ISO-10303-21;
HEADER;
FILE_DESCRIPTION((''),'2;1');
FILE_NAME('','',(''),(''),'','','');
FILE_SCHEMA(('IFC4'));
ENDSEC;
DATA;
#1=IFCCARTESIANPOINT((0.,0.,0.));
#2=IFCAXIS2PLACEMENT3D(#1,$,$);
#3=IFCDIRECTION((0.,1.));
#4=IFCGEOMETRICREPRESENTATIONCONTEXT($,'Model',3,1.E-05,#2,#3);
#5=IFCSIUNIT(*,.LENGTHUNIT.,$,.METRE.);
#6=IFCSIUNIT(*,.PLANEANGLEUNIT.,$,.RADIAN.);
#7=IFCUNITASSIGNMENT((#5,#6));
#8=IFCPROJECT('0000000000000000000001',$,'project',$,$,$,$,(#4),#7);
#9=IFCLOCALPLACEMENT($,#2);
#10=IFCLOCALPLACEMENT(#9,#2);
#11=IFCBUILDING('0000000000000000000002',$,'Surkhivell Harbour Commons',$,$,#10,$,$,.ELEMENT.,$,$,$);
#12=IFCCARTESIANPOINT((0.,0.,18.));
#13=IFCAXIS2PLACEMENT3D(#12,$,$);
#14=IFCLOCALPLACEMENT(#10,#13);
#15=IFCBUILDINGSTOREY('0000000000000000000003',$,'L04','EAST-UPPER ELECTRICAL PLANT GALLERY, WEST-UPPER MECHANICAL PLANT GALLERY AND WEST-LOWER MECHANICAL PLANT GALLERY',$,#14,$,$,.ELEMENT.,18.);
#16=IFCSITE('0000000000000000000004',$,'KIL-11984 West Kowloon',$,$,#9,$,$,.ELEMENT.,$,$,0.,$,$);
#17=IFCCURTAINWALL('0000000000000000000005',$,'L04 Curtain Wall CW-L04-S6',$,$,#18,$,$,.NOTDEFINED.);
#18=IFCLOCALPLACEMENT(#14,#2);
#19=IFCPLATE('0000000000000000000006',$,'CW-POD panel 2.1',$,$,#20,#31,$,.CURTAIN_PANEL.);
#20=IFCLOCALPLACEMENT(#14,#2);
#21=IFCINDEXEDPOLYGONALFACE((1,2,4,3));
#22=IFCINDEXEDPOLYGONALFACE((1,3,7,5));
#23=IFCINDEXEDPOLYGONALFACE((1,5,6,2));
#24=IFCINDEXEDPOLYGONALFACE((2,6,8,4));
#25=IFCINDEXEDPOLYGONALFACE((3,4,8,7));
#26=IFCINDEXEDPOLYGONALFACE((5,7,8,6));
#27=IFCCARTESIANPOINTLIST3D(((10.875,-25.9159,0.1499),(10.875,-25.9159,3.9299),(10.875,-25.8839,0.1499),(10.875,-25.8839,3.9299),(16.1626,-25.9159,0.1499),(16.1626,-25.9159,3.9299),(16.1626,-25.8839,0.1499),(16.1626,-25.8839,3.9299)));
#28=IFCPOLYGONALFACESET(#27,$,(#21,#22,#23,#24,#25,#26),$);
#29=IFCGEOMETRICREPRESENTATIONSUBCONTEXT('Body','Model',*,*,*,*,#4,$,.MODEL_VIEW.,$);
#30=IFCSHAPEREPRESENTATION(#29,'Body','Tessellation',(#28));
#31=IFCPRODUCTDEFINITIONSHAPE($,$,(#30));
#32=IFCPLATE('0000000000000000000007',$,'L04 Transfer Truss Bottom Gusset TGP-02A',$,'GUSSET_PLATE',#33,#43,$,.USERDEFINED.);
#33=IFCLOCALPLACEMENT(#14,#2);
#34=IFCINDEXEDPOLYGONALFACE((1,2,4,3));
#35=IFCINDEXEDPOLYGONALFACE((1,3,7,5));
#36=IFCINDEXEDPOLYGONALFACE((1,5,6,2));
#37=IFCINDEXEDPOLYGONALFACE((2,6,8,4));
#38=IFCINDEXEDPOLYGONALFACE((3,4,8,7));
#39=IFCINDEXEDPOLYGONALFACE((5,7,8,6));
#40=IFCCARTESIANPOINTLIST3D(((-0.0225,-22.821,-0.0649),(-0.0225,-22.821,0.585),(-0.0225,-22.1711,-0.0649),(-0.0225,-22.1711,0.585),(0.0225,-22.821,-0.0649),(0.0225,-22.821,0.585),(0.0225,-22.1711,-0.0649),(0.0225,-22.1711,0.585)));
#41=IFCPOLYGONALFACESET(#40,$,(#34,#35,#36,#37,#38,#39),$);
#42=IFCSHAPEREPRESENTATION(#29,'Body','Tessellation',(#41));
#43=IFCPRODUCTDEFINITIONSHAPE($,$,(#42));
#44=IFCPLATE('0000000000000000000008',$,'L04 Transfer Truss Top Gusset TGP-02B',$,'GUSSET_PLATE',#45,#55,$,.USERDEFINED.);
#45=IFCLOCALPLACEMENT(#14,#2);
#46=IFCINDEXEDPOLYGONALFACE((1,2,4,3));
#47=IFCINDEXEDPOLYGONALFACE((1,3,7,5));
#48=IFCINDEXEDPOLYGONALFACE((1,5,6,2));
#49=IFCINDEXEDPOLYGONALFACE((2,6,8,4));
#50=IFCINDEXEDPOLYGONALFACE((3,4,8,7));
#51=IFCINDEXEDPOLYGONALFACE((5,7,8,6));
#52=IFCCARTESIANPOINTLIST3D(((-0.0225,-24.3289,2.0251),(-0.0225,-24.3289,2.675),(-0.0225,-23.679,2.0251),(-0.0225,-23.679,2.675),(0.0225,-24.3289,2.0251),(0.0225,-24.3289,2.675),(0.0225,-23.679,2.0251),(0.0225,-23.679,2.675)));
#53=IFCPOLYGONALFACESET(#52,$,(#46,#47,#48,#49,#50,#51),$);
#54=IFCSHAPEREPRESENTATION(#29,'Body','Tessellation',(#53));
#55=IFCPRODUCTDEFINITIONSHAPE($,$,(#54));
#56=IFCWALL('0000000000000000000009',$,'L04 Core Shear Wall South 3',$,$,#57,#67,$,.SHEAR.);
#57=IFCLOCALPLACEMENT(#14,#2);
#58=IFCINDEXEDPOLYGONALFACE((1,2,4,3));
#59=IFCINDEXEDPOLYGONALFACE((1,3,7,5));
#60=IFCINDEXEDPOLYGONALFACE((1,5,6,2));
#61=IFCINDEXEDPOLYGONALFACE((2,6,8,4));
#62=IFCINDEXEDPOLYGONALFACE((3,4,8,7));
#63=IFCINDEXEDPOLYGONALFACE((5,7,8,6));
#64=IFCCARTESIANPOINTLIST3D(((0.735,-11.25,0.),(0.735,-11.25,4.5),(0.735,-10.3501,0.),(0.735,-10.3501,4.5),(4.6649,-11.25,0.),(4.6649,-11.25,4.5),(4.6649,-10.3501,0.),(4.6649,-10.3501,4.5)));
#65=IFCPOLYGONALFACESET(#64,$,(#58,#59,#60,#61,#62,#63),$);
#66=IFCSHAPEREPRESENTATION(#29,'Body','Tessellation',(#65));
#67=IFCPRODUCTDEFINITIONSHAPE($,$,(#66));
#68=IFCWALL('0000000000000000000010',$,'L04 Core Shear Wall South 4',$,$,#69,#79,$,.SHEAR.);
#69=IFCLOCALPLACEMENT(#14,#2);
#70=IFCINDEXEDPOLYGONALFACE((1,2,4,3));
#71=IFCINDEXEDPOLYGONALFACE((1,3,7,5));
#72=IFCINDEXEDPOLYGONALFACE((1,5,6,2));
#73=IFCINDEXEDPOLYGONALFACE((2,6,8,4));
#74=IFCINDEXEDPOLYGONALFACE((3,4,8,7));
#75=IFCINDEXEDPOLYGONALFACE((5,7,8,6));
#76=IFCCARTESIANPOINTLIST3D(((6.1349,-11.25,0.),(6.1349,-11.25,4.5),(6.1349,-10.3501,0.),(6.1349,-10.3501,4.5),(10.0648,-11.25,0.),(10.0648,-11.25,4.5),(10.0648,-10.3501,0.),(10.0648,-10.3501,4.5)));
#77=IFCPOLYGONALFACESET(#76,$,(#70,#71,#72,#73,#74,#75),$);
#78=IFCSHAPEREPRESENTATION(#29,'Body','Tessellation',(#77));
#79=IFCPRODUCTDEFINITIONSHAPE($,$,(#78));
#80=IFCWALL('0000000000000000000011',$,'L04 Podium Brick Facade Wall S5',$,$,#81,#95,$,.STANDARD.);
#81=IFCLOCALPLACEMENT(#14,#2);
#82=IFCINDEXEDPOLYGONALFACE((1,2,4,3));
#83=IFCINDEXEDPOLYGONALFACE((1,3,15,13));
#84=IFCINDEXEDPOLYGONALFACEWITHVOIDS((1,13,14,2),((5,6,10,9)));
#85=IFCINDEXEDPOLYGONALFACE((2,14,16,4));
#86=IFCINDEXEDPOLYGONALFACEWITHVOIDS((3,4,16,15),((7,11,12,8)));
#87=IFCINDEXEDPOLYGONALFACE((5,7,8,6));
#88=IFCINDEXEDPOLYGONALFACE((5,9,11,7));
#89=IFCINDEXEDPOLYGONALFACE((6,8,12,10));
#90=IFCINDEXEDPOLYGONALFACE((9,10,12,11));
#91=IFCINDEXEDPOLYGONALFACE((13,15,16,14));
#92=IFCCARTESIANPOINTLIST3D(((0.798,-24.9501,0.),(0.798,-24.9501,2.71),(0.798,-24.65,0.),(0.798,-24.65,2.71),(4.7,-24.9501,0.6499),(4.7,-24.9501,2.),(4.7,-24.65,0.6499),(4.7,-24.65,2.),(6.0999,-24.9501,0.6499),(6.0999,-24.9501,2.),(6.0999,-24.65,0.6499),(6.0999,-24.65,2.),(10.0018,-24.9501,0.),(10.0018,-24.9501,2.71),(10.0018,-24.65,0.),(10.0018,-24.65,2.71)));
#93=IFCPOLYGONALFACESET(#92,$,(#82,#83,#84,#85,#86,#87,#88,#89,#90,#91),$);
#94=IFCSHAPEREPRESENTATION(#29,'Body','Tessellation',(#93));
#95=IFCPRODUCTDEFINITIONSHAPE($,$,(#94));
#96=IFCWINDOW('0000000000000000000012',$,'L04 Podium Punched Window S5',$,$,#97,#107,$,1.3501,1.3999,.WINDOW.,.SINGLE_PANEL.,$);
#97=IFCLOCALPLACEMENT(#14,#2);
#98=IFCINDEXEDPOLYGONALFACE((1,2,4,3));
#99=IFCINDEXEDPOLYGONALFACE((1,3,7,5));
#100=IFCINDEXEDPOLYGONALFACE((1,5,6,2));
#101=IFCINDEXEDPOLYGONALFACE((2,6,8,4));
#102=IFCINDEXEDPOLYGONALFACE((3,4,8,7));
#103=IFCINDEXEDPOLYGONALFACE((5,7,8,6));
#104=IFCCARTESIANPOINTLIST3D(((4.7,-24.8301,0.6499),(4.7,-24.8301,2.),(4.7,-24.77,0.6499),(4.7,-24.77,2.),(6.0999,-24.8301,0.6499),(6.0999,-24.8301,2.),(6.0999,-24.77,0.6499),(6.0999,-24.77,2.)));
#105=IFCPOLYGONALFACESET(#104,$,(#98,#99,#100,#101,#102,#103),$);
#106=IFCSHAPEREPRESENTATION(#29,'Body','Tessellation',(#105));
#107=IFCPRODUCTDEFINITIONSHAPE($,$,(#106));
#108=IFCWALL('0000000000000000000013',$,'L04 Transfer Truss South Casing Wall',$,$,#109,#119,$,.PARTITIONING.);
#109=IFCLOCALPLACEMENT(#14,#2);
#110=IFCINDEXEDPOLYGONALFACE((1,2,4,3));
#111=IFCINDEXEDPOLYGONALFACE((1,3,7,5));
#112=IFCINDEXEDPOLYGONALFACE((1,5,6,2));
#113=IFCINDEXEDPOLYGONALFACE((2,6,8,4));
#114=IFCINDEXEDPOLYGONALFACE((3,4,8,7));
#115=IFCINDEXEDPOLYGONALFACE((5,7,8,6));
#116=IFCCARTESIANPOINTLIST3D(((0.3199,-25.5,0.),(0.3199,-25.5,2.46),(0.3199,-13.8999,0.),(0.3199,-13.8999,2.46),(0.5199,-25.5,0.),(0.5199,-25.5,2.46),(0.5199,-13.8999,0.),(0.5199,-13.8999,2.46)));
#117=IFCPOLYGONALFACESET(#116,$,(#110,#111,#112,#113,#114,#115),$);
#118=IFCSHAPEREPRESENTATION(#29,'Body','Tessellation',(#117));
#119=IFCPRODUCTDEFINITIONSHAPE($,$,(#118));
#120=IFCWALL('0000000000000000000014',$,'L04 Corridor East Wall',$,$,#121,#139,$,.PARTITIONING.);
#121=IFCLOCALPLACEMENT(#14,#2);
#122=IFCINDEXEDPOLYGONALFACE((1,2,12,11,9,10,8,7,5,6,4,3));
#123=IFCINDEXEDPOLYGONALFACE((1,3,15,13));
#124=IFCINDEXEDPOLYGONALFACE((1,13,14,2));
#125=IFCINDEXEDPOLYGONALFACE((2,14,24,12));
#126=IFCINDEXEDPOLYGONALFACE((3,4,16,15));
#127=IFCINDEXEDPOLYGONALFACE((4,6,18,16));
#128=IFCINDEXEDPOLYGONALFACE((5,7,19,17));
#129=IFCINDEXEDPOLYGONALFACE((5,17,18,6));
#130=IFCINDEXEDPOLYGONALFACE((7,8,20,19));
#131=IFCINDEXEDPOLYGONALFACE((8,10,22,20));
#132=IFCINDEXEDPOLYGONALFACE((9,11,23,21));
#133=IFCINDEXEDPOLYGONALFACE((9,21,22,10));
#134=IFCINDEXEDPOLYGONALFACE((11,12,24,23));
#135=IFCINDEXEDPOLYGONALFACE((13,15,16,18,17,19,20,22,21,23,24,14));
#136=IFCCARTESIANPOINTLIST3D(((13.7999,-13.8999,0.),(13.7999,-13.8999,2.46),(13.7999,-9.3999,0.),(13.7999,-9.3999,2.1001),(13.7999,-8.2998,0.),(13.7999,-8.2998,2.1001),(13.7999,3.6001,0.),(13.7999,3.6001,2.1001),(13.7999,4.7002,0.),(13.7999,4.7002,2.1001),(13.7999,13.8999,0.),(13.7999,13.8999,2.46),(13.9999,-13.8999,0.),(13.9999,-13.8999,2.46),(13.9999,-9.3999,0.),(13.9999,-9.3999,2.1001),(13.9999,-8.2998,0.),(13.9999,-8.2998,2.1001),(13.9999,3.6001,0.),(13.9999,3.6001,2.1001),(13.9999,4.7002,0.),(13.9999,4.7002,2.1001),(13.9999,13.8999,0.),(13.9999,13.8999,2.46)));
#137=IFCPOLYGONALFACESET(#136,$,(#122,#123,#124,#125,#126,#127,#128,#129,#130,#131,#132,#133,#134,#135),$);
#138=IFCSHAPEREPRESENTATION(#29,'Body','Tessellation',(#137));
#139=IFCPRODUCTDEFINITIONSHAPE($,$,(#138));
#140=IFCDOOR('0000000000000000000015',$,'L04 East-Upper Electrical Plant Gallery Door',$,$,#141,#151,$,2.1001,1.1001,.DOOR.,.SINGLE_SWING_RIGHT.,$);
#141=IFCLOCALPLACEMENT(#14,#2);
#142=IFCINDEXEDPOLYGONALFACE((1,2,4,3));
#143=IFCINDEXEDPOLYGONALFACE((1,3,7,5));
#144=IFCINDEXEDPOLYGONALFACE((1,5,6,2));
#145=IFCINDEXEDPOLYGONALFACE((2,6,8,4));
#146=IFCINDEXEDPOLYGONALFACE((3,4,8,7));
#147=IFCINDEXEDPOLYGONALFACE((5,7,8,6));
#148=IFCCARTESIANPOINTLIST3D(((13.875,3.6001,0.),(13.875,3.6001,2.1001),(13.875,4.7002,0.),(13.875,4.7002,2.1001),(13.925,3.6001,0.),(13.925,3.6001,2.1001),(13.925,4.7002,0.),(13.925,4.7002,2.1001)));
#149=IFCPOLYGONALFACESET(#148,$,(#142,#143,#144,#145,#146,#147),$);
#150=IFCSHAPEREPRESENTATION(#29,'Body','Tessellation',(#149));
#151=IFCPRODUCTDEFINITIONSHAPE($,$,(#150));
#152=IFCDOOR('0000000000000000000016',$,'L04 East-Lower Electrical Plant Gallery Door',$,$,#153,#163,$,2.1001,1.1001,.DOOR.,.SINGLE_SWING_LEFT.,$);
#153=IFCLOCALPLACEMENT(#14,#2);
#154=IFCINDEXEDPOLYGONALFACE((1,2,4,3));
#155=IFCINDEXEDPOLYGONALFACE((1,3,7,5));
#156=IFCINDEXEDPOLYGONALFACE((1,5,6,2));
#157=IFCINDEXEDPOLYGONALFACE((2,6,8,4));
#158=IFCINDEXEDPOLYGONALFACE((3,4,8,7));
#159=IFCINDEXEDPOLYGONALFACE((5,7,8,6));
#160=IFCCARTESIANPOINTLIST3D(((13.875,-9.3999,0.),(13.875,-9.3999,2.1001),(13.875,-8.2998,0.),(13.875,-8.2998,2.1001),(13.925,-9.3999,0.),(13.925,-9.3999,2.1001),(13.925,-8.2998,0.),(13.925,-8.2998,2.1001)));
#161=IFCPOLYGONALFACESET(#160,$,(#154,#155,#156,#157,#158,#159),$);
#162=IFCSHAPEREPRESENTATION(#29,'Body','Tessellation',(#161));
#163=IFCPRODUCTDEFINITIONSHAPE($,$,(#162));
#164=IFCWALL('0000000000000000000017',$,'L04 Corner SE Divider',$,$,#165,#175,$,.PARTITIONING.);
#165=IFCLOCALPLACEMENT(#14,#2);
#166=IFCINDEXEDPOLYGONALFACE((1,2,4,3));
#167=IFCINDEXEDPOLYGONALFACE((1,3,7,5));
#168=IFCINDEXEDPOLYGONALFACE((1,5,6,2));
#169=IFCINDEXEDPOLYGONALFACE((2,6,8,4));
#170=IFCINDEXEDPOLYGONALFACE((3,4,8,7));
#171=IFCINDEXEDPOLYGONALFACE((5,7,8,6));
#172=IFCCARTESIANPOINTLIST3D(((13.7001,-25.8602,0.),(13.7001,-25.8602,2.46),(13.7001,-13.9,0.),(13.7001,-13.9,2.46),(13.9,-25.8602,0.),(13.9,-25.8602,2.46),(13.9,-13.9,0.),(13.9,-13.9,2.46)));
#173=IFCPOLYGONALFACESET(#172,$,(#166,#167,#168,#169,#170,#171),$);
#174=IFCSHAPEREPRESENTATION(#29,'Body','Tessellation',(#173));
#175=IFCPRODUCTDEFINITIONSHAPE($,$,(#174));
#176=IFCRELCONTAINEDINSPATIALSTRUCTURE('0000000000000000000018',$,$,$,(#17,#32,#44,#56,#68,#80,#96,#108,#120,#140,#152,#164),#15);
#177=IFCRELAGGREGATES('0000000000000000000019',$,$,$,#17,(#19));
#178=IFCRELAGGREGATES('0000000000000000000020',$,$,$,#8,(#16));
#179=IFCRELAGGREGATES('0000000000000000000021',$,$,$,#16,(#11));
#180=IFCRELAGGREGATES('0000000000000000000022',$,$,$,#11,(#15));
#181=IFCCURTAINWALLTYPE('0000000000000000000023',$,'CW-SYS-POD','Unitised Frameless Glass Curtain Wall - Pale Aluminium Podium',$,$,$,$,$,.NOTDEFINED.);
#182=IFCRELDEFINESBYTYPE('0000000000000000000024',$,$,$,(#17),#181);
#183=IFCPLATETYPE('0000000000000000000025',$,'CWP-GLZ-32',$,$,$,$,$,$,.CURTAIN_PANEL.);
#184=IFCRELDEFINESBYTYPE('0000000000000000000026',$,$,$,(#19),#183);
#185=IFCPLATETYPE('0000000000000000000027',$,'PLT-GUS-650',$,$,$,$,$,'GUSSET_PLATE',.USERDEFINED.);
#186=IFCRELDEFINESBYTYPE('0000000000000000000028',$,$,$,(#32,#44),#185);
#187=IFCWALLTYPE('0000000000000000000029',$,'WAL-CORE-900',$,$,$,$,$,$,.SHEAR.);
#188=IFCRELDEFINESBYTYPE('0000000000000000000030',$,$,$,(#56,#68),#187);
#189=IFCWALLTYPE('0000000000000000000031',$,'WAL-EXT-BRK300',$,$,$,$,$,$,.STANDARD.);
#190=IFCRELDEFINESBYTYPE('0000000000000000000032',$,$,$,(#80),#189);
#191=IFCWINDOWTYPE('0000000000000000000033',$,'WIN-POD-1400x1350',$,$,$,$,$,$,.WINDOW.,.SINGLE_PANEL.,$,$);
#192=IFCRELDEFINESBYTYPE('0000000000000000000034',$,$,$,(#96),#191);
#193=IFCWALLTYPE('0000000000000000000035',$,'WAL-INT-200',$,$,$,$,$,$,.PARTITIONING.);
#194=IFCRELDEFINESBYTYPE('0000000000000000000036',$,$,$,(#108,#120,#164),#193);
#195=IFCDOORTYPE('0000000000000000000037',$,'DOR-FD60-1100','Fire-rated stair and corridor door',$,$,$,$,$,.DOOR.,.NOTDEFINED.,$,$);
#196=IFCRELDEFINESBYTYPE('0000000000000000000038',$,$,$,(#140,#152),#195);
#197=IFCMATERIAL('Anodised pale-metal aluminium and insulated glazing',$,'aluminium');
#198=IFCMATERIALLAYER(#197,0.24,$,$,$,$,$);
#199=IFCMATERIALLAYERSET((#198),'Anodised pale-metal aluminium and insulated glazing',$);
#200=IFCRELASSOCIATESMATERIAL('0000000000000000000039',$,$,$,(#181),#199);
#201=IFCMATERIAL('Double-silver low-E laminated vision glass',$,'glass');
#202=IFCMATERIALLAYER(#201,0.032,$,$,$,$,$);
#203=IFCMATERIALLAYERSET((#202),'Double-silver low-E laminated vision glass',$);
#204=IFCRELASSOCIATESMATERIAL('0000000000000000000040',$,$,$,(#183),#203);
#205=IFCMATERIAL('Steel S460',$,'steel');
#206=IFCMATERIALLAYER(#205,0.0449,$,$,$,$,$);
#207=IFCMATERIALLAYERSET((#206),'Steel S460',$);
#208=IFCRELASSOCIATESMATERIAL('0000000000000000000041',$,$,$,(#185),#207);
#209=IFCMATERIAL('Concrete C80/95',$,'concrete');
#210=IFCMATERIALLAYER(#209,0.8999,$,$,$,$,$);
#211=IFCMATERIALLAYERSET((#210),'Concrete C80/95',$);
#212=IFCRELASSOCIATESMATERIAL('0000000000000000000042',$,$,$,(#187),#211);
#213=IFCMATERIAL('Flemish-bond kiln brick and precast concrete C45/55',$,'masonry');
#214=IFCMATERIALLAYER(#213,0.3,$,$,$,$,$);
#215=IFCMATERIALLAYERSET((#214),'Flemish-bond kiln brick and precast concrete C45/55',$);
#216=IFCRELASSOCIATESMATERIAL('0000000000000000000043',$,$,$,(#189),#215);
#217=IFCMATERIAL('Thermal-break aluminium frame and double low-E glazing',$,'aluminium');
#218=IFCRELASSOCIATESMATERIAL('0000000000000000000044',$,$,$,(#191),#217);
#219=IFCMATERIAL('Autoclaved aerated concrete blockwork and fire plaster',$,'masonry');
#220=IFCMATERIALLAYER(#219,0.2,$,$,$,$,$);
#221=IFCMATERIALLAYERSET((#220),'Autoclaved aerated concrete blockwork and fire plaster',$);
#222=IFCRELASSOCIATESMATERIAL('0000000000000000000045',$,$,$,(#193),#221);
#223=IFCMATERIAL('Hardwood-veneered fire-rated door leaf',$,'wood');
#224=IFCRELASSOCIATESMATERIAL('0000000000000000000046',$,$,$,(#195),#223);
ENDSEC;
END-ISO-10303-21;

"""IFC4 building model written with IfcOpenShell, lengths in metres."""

from ifc_helpers import new_model, si_unit, direction, frame, frame_2d, origin, origin_2d, place, context, subcontext, project, spatial, rectangle, extrude, material, layer, layer_set, type_object, element, fill, aggregate, save


model = new_model("IFC4")

# Units and contexts
model_context = context("Model", 3, precision=1e-05, world=origin(), true_north=direction((0.0, 1.0)))
body_context = subcontext(model_context, "Body", "Model", "MODEL_VIEW")
ifc_project = project(units=[si_unit("LENGTHUNIT", "METRE"), si_unit("PLANEANGLEUNIT", "RADIAN")], contexts=[model_context])

# Site, building, storey
site_placement = place(None, origin())
site = spatial("IfcSite", under=ifc_project, at=site_placement, Name="KIL-11984 West Kowloon", CompositionType="ELEMENT", RefElevation=0.0)
building_placement = place(site_placement, origin())
building = spatial("IfcBuilding", under=site, at=building_placement, Name="Surkhivell Harbour Commons", CompositionType="ELEMENT")
storey_placement = place(building_placement, frame((0.0, 0.0, 18.0)))
storey = spatial("IfcBuildingStorey", under=building, at=storey_placement, Name="L04", Description="EAST-UPPER ELECTRICAL PLANT GALLERY, WEST-UPPER MECHANICAL PLANT GALLERY AND WEST-LOWER MECHANICAL PLANT GALLERY", CompositionType="ELEMENT", Elevation=18.0)

# Shared definitions
ifc_material_1 = material(Name="Concrete C80/95", Category="concrete")

# Shared definitions
ifc_material_2 = material(Name="Steel S460", Category="steel")

# Curtain wall
ifc_material_3 = material(Name="Anodised pale-metal aluminium and insulated glazing", Category="aluminium")
ifc_layer_1 = layer(ifc_material_3, 0.24)
ifc_layer_set_1 = layer_set([ifc_layer_1], Name="Anodised pale-metal aluminium and insulated glazing")
curtain_wall_type = type_object("IfcCurtainWallType", Name="CW-SYS-POD", Description="Unitised Frameless Glass Curtain Wall - Pale Aluminium Podium", PredefinedType="NOTDEFINED", material=ifc_layer_set_1)
curtain_wall_placement = place(storey_placement, origin())
curtain_wall = element("IfcCurtainWall", 1, at=curtain_wall_placement, inside=storey, type_object=curtain_wall_type, Name="L04 Curtain Wall CW-L04-S6", PredefinedType="NOTDEFINED")

# Plate
ifc_material_4 = material(Name="Double-silver low-E laminated vision glass", Category="glass")
ifc_layer_2 = layer(ifc_material_4, 0.032)
ifc_layer_set_2 = layer_set([ifc_layer_2], Name="Double-silver low-E laminated vision glass")
plate_type_1 = type_object("IfcPlateType", Name="CWP-GLZ-32", PredefinedType="CURTAIN_PANEL", material=ifc_layer_set_2)
plate_placement = place(storey_placement, frame((16.1626, -25.8999, 0.1499), z_axis=(0.0, 0.0, 1.0), x_axis=(-1.0, 0.0, 0.0)))
plate = element("IfcPlate", 2, at=plate_placement, type_object=plate_type_1, Name="CW-POD panel 2.1", PredefinedType="CURTAIN_PANEL", context=body_context, shape_type="SweptSolid", body=[
    extrude(rectangle(XDim=5.2876, YDim=0.032, at=frame_2d((2.6438, 0.0))), origin(), (0.0, 0.0, 1.0), 3.78),
])
aggregate(curtain_wall, [plate])

# Plates
ifc_layer_3 = layer(ifc_material_2, 0.0449)
ifc_layer_set_3 = layer_set([ifc_layer_3], Name="Steel S460")
plate_type_2 = type_object("IfcPlateType", Name="PLT-GUS-650", ElementType="GUSSET_PLATE", PredefinedType="USERDEFINED", material=ifc_layer_set_3)
for number, where, z_axis, x_axis, name in (
    (3, (0.0, -22.4961, -0.0649), (0.0, 0.0, 1.0), (0.0, 1.0, 0.0), "L04 Transfer Truss Bottom Gusset TGP-02A"),
    (4, (0.0, -24.0039, 2.0251), (0.0, 0.0, 1.0), (0.0, 1.0, 0.0), "L04 Transfer Truss Top Gusset TGP-02B"),
):
    element("IfcPlate", number, at=place(storey_placement, frame(where, z_axis=z_axis, x_axis=x_axis)), inside=storey, type_object=plate_type_2, Name=name, ObjectType="GUSSET_PLATE", PredefinedType="USERDEFINED", context=body_context, shape_type="SweptSolid", body=[
        extrude(rectangle(XDim=0.6499, YDim=0.0449, at=origin_2d()), origin(), (0.0, 0.0, 1.0), 0.6499),
    ])

# Walls
ifc_layer_4 = layer(ifc_material_1, 0.8999)
ifc_layer_set_4 = layer_set([ifc_layer_4], Name="Concrete C80/95")
wall_type_1 = type_object("IfcWallType", Name="WAL-CORE-900", PredefinedType="SHEAR", material=ifc_layer_set_4)
for number, where, z_axis, x_axis, name in (
    (5, (0.7351, -10.8, 0.0), (0.0, 0.0, 1.0), (1.0, 0.0, 0.0), "L04 Core Shear Wall South 3"),
    (6, (6.135, -10.8, 0.0), (0.0, 0.0, 1.0), (1.0, 0.0, 0.0), "L04 Core Shear Wall South 4"),
):
    element("IfcWall", number, at=place(storey_placement, frame(where, z_axis=z_axis, x_axis=x_axis)), inside=storey, type_object=wall_type_1, Name=name, PredefinedType="SHEAR", context=body_context, shape_type="SweptSolid", body=[
        extrude(rectangle(XDim=3.9299, YDim=0.8999, at=frame_2d((1.9648, 0.0))), origin(), (0.0, 0.0, 1.0), 4.5),
    ])

# Wall, opening, window
ifc_material_5 = material(Name="Flemish-bond kiln brick and precast concrete C45/55", Category="masonry")
ifc_layer_5 = layer(ifc_material_5, 0.3)
ifc_layer_set_5 = layer_set([ifc_layer_5], Name="Flemish-bond kiln brick and precast concrete C45/55")
wall_type_2 = type_object("IfcWallType", Name="WAL-EXT-BRK300", PredefinedType="STANDARD", material=ifc_layer_set_5)
wall_1_placement = place(storey_placement, frame((10.002, -24.8, 0.0), z_axis=(0.0, 0.0, 1.0), x_axis=(-1.0, 0.0, 0.0)))
wall_1 = element("IfcWall", 7, at=wall_1_placement, inside=storey, type_object=wall_type_2, Name="L04 Podium Brick Facade Wall S5", PredefinedType="STANDARD", context=body_context, shape_type="SweptSolid", body=[
    extrude(rectangle(XDim=9.2039, YDim=0.3, at=frame_2d((4.6021, 0.0))), origin(), (0.0, 0.0, 1.0), 2.71),
])
opening_1_placement = place(wall_1_placement, frame((3.9021, 0.0, 0.6499)))
opening_1 = element("IfcOpeningElement", 8, at=opening_1_placement, cuts=wall_1, PredefinedType="OPENING", context=body_context, shape_type="SweptSolid", body=[
    extrude(rectangle(XDim=1.3999, YDim=1.3501, at=frame_2d((0.7, 0.675))), frame((0.0, 0.1599, 0.0), z_axis=(0.0, -1.0, 0.0), x_axis=(1.0, 0.0, 0.0)), (0.0, 0.0, 1.0), 0.3201),
])
ifc_material_6 = material(Name="Thermal-break aluminium frame and double low-E glazing", Category="aluminium")
window_type = type_object("IfcWindowType", Name="WIN-POD-1400x1350", PartitioningType="SINGLE_PANEL", PredefinedType="WINDOW", material=ifc_material_6)
window_placement = place(opening_1_placement, origin())
window = element("IfcWindow", 9, at=window_placement, inside=storey, type_object=window_type, Name="L04 Podium Punched Window S5", OverallHeight=1.3501, OverallWidth=1.3999, PartitioningType="SINGLE_PANEL", PredefinedType="WINDOW", context=body_context, shape_type="SweptSolid", body=[
    extrude(rectangle(XDim=1.3999, YDim=1.3501, at=frame_2d((0.7, 0.675))), frame((0.0, 0.03, 0.0), z_axis=(0.0, -1.0, 0.0), x_axis=(1.0, 0.0, 0.0)), (0.0, 0.0, 1.0), 0.0601),
])
fill(opening_1, window)

# Wall
ifc_material_7 = material(Name="Autoclaved aerated concrete blockwork and fire plaster", Category="masonry")
ifc_layer_6 = layer(ifc_material_7, 0.2)
ifc_layer_set_6 = layer_set([ifc_layer_6], Name="Autoclaved aerated concrete blockwork and fire plaster")
wall_type_3 = type_object("IfcWallType", Name="WAL-INT-200", PredefinedType="PARTITIONING", material=ifc_layer_set_6)
wall_2_placement = place(storey_placement, frame((0.4199, -25.5, 0.0), z_axis=(0.0, 0.0, 1.0), x_axis=(0.0, 1.0, 0.0)))
element("IfcWall", 10, at=wall_2_placement, inside=storey, type_object=wall_type_3, Name="L04 Transfer Truss South Casing Wall", PredefinedType="PARTITIONING", context=body_context, shape_type="SweptSolid", body=[
    extrude(rectangle(XDim=11.6001, YDim=0.2, at=frame_2d((5.8, 0.0))), origin(), (0.0, 0.0, 1.0), 2.46),
])

# Wall, openings, doors
wall_3_placement = place(storey_placement, frame((13.8999, -13.8999, 0.0), z_axis=(0.0, 0.0, 1.0), x_axis=(0.0, 1.0, 0.0)))
wall_3 = element("IfcWall", 11, at=wall_3_placement, inside=storey, type_object=wall_type_3, Name="L04 Corridor East Wall", PredefinedType="PARTITIONING", context=body_context, shape_type="SweptSolid", body=[
    extrude(rectangle(XDim=27.7998, YDim=0.2, at=frame_2d((13.8999, 0.0))), origin(), (0.0, 0.0, 1.0), 2.46),
])
opening_2_placement = place(wall_3_placement, frame((17.5, 0.0, 0.0)))
opening_2 = element("IfcOpeningElement", 12, at=opening_2_placement, cuts=wall_3, PredefinedType="OPENING", context=body_context, shape_type="SweptSolid", body=[
    extrude(rectangle(XDim=1.1001, YDim=2.1001, at=frame_2d((0.55, 1.05))), frame((0.0, 0.1099, 0.0), z_axis=(0.0, -1.0, 0.0), x_axis=(1.0, 0.0, 0.0)), (0.0, 0.0, 1.0), 0.22),
])
opening_3_placement = place(wall_3_placement, frame((4.5, 0.0, 0.0)))
opening_3 = element("IfcOpeningElement", 13, at=opening_3_placement, cuts=wall_3, PredefinedType="OPENING", context=body_context, shape_type="SweptSolid", body=[
    extrude(rectangle(XDim=1.1001, YDim=2.1001, at=frame_2d((0.55, 1.05))), frame((0.0, 0.1099, 0.0), z_axis=(0.0, -1.0, 0.0), x_axis=(1.0, 0.0, 0.0)), (0.0, 0.0, 1.0), 0.22),
])
ifc_material_8 = material(Name="Hardwood-veneered fire-rated door leaf", Category="wood")
door_type = type_object("IfcDoorType", Name="DOR-FD60-1100", Description="Fire-rated stair and corridor door", OperationType="NOTDEFINED", PredefinedType="DOOR", material=ifc_material_8)
door_1_placement = place(opening_2_placement, origin())
door_1 = element("IfcDoor", 14, at=door_1_placement, inside=storey, type_object=door_type, Name="L04 East-Upper Electrical Plant Gallery Door", OperationType="SINGLE_SWING_RIGHT", OverallHeight=2.1001, OverallWidth=1.1001, PredefinedType="DOOR", context=body_context, shape_type="SweptSolid", body=[
    extrude(rectangle(XDim=1.1001, YDim=2.1001, at=frame_2d((0.55, 1.05))), frame((0.0, 0.0249, 0.0), z_axis=(0.0, -1.0, 0.0), x_axis=(1.0, 0.0, 0.0)), (0.0, 0.0, 1.0), 0.05),
])
fill(opening_2, door_1)
door_2_placement = place(opening_3_placement, origin())
door_2 = element("IfcDoor", 15, at=door_2_placement, inside=storey, type_object=door_type, Name="L04 East-Lower Electrical Plant Gallery Door", OperationType="SINGLE_SWING_LEFT", OverallHeight=2.1001, OverallWidth=1.1001, PredefinedType="DOOR", context=body_context, shape_type="SweptSolid", body=[
    extrude(rectangle(XDim=1.1001, YDim=2.1001, at=frame_2d((0.55, 1.05))), frame((0.0, 0.0249, 0.0), z_axis=(0.0, -1.0, 0.0), x_axis=(1.0, 0.0, 0.0)), (0.0, 0.0, 1.0), 0.05),
])
fill(opening_3, door_2)

# Wall
wall_4_placement = place(storey_placement, frame((13.8, -25.8601, 0.0), z_axis=(0.0, 0.0, 1.0), x_axis=(0.0, 1.0, 0.0)))
element("IfcWall", 16, at=wall_4_placement, inside=storey, type_object=wall_type_3, Name="L04 Corner SE Divider", PredefinedType="PARTITIONING", context=body_context, shape_type="SweptSolid", body=[
    extrude(rectangle(XDim=11.9602, YDim=0.2, at=frame_2d((5.98, 0.0))), origin(), (0.0, 0.0, 1.0), 2.46),
])

save(model, "model.ifc")
